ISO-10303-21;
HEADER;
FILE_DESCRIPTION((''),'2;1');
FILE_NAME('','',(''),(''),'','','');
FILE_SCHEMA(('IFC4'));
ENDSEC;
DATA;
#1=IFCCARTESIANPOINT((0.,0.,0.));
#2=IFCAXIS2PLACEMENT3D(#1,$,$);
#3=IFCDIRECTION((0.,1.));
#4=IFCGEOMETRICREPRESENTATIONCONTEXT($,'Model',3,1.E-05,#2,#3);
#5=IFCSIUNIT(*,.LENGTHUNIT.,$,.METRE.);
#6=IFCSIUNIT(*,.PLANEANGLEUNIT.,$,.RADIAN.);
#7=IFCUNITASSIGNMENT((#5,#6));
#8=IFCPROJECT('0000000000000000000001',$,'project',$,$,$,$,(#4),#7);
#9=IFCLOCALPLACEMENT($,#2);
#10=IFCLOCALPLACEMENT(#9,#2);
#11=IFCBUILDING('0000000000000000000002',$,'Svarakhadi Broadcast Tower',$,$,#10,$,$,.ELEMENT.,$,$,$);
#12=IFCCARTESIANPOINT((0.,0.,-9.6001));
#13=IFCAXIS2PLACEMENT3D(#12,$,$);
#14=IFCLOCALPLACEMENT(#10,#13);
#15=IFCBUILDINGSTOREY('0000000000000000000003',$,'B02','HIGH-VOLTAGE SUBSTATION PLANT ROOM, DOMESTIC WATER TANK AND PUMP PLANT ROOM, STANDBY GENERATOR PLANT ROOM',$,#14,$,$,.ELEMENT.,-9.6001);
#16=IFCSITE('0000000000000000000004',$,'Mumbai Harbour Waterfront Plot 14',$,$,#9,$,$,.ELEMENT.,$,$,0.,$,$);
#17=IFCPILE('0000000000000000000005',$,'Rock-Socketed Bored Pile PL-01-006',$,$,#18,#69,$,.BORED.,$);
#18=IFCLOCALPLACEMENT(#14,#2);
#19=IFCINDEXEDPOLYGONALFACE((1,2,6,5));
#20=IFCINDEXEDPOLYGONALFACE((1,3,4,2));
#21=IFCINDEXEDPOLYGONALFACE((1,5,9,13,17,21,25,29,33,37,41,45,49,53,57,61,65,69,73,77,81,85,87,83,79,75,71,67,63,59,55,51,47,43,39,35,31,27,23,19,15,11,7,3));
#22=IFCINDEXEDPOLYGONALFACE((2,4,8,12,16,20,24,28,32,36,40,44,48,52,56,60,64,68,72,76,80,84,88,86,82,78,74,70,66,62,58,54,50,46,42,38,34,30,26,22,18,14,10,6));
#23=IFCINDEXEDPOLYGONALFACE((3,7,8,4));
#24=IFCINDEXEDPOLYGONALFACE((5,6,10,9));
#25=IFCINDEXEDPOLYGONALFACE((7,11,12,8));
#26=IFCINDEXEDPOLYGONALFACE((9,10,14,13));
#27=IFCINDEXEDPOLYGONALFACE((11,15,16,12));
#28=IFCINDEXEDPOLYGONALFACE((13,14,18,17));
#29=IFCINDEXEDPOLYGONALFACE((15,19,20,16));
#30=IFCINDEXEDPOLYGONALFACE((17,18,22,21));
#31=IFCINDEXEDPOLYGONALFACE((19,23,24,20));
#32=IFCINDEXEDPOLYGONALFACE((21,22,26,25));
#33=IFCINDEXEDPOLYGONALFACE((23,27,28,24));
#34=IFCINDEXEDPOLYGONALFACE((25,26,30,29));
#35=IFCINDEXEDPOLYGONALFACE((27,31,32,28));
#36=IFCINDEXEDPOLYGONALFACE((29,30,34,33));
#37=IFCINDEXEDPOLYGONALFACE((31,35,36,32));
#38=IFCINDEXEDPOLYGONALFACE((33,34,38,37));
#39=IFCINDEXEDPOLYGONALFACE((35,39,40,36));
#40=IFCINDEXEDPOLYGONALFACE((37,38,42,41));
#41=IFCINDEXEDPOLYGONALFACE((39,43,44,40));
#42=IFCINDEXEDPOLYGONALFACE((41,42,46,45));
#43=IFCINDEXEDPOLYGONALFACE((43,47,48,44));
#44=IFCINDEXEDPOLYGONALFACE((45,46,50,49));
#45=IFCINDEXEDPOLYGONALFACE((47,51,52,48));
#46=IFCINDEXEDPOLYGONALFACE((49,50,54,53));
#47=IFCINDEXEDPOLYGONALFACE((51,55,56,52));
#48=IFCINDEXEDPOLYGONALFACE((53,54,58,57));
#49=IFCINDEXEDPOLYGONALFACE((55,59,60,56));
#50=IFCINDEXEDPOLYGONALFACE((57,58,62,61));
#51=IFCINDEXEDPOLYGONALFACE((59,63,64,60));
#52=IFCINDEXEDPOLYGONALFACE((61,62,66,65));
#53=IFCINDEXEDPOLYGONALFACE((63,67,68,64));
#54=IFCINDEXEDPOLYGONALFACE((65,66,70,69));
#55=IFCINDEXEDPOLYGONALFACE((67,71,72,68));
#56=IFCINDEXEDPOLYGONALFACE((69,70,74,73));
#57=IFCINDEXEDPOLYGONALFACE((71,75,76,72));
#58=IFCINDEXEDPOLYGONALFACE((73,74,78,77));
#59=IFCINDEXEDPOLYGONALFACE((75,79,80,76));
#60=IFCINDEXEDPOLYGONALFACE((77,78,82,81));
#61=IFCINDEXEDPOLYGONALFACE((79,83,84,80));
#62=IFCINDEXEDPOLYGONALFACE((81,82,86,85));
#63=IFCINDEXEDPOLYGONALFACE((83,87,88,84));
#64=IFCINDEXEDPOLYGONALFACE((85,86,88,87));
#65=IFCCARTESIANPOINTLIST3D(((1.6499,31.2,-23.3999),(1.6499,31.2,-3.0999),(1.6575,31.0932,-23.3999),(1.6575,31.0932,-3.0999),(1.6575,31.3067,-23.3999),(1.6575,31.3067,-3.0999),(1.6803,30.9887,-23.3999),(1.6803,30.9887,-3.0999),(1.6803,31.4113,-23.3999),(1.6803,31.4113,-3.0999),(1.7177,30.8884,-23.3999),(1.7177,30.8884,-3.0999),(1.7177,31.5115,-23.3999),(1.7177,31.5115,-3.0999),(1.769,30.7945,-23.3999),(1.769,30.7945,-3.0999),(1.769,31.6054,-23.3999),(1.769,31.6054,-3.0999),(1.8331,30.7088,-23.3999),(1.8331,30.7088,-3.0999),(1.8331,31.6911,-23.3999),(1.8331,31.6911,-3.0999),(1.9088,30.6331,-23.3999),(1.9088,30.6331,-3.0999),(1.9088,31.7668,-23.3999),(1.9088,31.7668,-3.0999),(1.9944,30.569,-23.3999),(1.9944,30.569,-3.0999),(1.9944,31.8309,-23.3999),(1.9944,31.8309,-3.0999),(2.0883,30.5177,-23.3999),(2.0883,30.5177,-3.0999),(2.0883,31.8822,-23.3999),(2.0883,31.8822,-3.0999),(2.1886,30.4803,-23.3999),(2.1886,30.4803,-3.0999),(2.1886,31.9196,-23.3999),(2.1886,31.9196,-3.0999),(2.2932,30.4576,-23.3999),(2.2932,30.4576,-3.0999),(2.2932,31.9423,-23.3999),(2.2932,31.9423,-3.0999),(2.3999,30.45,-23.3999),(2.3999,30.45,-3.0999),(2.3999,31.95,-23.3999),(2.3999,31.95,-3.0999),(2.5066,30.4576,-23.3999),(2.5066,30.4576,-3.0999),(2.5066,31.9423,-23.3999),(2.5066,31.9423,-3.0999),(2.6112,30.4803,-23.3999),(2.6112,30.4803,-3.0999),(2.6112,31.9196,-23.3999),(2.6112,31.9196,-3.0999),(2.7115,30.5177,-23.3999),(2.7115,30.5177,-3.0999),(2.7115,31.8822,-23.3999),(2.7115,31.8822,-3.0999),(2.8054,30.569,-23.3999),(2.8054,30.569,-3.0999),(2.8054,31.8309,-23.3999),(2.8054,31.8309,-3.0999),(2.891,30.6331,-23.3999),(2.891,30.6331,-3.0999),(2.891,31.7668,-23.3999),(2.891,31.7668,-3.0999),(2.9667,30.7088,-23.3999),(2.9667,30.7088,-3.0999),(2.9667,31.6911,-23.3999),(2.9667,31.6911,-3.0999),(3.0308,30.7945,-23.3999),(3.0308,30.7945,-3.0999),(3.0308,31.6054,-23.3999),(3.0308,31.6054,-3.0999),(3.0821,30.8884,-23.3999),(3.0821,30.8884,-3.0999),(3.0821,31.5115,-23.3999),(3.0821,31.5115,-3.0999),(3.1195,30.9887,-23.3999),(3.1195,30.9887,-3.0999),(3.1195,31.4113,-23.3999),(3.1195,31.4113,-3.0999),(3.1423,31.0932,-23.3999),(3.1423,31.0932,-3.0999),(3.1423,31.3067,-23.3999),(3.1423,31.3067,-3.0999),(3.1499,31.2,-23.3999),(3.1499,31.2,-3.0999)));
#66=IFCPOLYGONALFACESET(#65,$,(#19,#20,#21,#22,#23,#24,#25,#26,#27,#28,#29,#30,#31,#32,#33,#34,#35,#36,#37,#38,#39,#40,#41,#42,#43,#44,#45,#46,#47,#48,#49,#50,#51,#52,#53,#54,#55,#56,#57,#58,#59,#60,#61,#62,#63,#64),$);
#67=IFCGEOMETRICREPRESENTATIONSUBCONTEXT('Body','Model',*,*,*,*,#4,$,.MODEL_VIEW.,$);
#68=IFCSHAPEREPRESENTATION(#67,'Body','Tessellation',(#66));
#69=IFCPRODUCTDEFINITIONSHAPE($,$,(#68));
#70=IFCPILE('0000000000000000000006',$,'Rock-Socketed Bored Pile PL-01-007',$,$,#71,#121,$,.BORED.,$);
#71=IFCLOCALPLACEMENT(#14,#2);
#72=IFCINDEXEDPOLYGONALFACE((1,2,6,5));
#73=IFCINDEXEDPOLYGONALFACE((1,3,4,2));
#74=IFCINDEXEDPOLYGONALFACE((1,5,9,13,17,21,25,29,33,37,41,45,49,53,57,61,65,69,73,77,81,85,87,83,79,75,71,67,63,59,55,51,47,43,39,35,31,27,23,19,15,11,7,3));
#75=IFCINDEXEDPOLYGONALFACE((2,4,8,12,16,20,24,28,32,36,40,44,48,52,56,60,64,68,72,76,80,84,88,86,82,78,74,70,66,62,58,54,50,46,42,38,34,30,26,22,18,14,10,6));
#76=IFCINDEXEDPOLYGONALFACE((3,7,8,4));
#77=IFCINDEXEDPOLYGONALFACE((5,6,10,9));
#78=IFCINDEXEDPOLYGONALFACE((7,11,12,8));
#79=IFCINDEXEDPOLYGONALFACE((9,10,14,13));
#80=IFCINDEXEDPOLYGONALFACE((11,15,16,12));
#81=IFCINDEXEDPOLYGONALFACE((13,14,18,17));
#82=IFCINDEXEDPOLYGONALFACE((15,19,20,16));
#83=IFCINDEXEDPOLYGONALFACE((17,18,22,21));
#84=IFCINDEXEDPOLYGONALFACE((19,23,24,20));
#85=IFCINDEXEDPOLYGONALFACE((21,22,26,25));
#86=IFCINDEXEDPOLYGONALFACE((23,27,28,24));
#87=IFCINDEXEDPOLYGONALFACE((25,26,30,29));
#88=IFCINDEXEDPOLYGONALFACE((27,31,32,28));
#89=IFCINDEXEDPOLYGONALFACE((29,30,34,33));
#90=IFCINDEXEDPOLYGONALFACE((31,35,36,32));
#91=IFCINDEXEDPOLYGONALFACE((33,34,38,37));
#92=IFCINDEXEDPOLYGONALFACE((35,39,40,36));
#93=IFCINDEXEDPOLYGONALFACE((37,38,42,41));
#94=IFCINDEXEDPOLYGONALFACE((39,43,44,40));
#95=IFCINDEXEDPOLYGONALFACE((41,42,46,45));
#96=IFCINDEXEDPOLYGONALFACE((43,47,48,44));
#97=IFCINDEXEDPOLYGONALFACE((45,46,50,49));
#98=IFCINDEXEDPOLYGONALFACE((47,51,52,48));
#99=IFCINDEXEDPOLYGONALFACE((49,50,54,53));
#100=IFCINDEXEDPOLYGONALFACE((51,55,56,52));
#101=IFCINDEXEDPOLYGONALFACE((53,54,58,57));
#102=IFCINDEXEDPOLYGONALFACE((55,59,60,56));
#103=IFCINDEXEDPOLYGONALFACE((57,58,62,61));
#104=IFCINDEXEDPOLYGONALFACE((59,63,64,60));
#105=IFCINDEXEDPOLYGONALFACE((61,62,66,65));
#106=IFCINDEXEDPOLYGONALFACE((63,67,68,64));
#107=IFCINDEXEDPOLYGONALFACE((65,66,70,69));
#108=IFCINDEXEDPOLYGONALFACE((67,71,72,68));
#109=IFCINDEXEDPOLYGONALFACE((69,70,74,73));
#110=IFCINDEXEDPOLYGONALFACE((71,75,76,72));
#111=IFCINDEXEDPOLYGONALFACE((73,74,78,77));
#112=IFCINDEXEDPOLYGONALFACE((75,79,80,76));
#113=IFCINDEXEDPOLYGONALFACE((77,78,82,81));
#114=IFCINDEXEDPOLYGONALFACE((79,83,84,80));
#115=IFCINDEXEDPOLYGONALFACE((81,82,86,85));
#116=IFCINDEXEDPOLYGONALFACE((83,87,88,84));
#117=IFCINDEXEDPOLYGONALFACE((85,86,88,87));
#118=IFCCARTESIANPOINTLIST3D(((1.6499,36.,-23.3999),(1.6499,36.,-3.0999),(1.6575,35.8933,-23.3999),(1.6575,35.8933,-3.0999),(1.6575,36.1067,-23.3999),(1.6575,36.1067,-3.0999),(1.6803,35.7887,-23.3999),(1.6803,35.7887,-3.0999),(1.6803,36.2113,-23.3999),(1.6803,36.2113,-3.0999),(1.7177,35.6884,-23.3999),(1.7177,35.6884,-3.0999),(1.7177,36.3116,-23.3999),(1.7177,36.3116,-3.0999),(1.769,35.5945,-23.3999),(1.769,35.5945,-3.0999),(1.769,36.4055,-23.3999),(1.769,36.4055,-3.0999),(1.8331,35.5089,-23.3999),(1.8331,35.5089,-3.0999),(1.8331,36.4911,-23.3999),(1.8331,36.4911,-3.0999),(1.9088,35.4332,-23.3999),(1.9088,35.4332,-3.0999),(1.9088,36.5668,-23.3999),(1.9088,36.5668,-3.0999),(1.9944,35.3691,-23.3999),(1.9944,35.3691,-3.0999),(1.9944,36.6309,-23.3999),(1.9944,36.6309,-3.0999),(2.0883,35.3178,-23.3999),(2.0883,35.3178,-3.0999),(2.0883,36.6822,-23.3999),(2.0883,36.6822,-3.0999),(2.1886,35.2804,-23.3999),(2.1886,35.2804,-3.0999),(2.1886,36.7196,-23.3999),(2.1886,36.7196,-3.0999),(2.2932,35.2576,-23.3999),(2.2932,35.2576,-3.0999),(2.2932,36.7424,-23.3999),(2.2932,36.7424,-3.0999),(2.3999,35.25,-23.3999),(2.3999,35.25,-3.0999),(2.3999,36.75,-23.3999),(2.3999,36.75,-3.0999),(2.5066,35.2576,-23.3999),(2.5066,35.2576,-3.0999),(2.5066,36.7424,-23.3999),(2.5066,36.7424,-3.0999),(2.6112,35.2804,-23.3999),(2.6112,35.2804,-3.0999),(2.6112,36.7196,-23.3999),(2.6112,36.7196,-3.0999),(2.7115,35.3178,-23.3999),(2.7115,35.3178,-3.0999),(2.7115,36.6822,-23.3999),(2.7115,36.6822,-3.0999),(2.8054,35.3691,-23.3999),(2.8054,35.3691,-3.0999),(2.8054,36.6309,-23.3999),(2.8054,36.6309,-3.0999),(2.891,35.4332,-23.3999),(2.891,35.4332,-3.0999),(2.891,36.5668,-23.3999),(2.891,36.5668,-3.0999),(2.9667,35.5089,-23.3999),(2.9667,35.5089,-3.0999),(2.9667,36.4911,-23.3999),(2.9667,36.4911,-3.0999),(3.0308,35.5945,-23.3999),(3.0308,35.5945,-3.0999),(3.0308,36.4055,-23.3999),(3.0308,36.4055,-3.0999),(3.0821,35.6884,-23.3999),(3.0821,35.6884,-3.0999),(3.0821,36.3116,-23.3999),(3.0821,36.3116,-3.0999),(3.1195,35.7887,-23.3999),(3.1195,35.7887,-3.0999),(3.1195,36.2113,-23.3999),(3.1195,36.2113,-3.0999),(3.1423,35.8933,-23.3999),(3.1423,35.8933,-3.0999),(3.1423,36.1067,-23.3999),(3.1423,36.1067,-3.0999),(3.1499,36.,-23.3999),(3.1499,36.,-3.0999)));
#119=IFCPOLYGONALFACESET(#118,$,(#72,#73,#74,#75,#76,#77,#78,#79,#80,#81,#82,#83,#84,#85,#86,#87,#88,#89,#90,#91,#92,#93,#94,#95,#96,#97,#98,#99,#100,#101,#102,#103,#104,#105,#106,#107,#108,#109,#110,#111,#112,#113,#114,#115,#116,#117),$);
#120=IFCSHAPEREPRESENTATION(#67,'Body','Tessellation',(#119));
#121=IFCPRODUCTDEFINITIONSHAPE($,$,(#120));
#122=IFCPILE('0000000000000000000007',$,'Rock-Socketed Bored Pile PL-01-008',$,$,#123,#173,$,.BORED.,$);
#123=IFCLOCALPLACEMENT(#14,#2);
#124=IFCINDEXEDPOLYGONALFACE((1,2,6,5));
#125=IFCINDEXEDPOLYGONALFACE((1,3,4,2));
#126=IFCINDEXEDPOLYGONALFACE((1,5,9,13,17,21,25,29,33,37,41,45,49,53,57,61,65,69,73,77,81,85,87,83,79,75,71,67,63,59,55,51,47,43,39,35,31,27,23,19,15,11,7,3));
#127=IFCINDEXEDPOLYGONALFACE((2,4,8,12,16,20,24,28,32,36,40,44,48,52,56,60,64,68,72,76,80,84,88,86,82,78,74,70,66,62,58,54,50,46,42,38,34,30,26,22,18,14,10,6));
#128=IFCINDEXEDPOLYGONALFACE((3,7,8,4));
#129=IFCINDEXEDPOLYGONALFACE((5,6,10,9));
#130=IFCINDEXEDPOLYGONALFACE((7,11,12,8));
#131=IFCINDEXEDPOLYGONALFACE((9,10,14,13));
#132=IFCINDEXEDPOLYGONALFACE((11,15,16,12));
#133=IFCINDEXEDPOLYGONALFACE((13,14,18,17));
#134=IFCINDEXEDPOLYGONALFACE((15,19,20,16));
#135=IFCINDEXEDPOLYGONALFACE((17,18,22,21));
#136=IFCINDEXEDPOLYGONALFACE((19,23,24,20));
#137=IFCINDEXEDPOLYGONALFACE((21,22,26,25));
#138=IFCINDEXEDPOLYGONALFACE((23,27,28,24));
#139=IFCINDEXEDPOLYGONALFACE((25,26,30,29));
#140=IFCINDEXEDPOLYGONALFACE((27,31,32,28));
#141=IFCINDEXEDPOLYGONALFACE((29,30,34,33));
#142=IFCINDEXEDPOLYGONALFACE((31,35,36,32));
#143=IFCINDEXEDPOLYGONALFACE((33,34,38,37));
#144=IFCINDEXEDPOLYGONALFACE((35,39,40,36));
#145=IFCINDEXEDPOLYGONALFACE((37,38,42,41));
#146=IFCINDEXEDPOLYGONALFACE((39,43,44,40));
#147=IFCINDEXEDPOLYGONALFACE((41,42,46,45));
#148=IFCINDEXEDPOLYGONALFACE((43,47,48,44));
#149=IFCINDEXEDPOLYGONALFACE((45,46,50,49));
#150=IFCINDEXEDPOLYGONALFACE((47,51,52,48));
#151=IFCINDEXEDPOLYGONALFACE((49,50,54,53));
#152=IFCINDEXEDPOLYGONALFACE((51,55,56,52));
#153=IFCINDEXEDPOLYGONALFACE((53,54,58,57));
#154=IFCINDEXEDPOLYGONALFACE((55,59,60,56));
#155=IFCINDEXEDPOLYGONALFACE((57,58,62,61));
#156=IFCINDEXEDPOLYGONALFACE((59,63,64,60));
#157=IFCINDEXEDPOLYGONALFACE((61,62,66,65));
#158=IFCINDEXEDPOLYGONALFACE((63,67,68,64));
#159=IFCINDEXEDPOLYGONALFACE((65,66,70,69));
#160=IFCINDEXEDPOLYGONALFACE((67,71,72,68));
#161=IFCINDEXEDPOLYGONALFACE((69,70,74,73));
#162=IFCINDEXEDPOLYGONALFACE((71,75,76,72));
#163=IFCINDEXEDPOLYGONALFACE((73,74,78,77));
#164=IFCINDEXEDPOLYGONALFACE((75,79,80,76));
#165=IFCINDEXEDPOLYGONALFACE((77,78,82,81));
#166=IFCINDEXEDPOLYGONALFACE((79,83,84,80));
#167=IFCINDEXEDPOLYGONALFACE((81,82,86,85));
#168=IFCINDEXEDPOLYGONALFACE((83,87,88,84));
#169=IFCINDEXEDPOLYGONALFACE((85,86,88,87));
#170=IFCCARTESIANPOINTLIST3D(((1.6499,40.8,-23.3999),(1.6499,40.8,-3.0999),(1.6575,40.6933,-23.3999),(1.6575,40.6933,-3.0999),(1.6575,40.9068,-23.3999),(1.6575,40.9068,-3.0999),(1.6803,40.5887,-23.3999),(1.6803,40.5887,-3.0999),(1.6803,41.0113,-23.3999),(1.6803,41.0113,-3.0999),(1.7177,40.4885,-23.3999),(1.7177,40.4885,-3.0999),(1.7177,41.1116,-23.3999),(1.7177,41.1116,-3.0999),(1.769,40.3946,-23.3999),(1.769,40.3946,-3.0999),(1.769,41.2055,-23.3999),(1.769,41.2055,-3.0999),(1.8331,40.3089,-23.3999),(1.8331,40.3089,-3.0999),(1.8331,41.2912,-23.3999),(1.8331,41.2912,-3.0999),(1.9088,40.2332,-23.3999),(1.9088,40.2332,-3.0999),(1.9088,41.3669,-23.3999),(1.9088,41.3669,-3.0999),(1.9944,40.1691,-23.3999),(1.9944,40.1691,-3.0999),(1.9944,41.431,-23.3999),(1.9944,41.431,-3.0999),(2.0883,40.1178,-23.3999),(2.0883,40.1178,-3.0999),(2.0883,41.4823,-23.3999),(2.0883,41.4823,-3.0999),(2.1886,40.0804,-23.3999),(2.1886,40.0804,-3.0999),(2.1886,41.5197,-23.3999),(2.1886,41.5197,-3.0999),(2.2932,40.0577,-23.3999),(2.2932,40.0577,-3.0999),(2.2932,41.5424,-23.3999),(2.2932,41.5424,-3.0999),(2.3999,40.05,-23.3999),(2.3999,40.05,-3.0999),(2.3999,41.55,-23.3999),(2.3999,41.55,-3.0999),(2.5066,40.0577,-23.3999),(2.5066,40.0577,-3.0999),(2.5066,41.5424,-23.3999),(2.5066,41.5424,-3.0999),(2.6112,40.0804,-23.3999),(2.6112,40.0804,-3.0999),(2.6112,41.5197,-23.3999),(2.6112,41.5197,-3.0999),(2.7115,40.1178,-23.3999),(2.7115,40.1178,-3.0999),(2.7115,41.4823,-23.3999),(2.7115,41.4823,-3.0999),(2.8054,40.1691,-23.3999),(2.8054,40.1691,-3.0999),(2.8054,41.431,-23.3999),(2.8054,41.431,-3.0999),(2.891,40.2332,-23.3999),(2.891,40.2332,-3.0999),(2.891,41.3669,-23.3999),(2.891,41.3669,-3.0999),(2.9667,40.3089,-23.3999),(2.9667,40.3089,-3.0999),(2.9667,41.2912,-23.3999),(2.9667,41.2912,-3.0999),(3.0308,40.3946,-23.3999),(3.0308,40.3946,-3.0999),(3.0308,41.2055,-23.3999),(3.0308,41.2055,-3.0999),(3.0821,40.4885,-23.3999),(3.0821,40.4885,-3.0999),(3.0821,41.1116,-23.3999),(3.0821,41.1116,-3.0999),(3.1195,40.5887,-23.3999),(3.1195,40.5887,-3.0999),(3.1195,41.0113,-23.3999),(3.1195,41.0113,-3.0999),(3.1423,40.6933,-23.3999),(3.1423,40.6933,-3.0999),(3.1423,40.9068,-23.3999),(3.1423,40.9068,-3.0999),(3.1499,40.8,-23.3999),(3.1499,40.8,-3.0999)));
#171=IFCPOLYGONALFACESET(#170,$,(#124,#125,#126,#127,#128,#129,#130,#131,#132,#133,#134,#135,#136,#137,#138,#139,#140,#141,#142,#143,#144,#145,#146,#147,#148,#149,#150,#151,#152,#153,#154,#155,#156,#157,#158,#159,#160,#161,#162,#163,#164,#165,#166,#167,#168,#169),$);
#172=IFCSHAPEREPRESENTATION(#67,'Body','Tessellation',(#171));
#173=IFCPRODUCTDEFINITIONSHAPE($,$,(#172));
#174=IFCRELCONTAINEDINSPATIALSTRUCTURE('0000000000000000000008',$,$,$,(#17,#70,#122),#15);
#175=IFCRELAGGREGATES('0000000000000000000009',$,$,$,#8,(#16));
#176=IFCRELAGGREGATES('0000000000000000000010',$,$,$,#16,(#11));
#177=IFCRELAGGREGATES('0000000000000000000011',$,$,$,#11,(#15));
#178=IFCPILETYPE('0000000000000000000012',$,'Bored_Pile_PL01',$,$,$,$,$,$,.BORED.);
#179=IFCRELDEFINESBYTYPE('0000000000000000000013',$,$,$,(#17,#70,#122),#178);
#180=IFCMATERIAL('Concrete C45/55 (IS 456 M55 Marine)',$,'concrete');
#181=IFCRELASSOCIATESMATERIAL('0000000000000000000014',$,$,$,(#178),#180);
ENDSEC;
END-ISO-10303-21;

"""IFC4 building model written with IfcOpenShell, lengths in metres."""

from ifc_helpers import new_model, si_unit, direction, frame, origin, origin_2d, place, context, subcontext, project, spatial, circle, extrude, material, material_profile, profile_set, type_object, element, save


model = new_model("IFC4")

# Units and contexts
model_context = context("Model", 3, precision=1e-05, world=origin(), true_north=direction((0.0, 1.0)))
body_context = subcontext(model_context, "Body", "Model", "MODEL_VIEW")
ifc_project = project(units=[si_unit("LENGTHUNIT", "METRE"), si_unit("PLANEANGLEUNIT", "RADIAN")], contexts=[model_context])

# Site, building, storey
site_placement = place(None, origin())
site = spatial("IfcSite", under=ifc_project, at=site_placement, Name="Mumbai Harbour Waterfront Plot 14", CompositionType="ELEMENT", RefElevation=0.0)
building_placement = place(site_placement, origin())
building = spatial("IfcBuilding", under=site, at=building_placement, Name="Svarakhadi Broadcast Tower", CompositionType="ELEMENT")
storey_placement = place(building_placement, frame((0.0, 0.0, -9.6001)))
storey = spatial("IfcBuildingStorey", under=building, at=storey_placement, Name="B02", Description="HIGH-VOLTAGE SUBSTATION PLANT ROOM, DOMESTIC WATER TANK AND PUMP PLANT ROOM, STANDBY GENERATOR PLANT ROOM", CompositionType="ELEMENT", Elevation=-9.6001)

# Piles
ifc_material_1 = material(Name="Concrete C45/55 (IS 456 M55 Marine)", Category="concrete")
ifc_material_profile_1 = material_profile(ifc_material_1, circle(Radius=0.75, at=origin_2d()), Name="PILE D1500")
ifc_profile_set_1 = profile_set([ifc_material_profile_1], Name="Concrete C45/55 (IS 456 M55 Marine)")
pile_type = type_object("IfcPileType", Name="Bored_Pile_PL01", PredefinedType="BORED", material=ifc_profile_set_1)
for number, where, z_axis, x_axis, name in (
    (1, (2.3999, 31.2, -3.0999), (0.0, 0.0, -1.0), (1.0, 0.0, 0.0), "Rock-Socketed Bored Pile PL-01-006"),
    (2, (2.3999, 36.0, -3.0999), (0.0, 0.0, -1.0), (1.0, 0.0, 0.0), "Rock-Socketed Bored Pile PL-01-007"),
    (3, (2.3999, 40.8, -3.0999), (0.0, 0.0, -1.0), (1.0, 0.0, 0.0), "Rock-Socketed Bored Pile PL-01-008"),
):
    element("IfcPile", number, at=place(storey_placement, frame(where, z_axis=z_axis, x_axis=x_axis)), inside=storey, type_object=pile_type, Name=name, PredefinedType="BORED", context=body_context, shape_type="SweptSolid", body=[
        extrude(circle(Radius=0.75, at=origin_2d()), origin(), (0.0, 0.0, 1.0), 20.3),
    ])

save(model, "model.ifc")
